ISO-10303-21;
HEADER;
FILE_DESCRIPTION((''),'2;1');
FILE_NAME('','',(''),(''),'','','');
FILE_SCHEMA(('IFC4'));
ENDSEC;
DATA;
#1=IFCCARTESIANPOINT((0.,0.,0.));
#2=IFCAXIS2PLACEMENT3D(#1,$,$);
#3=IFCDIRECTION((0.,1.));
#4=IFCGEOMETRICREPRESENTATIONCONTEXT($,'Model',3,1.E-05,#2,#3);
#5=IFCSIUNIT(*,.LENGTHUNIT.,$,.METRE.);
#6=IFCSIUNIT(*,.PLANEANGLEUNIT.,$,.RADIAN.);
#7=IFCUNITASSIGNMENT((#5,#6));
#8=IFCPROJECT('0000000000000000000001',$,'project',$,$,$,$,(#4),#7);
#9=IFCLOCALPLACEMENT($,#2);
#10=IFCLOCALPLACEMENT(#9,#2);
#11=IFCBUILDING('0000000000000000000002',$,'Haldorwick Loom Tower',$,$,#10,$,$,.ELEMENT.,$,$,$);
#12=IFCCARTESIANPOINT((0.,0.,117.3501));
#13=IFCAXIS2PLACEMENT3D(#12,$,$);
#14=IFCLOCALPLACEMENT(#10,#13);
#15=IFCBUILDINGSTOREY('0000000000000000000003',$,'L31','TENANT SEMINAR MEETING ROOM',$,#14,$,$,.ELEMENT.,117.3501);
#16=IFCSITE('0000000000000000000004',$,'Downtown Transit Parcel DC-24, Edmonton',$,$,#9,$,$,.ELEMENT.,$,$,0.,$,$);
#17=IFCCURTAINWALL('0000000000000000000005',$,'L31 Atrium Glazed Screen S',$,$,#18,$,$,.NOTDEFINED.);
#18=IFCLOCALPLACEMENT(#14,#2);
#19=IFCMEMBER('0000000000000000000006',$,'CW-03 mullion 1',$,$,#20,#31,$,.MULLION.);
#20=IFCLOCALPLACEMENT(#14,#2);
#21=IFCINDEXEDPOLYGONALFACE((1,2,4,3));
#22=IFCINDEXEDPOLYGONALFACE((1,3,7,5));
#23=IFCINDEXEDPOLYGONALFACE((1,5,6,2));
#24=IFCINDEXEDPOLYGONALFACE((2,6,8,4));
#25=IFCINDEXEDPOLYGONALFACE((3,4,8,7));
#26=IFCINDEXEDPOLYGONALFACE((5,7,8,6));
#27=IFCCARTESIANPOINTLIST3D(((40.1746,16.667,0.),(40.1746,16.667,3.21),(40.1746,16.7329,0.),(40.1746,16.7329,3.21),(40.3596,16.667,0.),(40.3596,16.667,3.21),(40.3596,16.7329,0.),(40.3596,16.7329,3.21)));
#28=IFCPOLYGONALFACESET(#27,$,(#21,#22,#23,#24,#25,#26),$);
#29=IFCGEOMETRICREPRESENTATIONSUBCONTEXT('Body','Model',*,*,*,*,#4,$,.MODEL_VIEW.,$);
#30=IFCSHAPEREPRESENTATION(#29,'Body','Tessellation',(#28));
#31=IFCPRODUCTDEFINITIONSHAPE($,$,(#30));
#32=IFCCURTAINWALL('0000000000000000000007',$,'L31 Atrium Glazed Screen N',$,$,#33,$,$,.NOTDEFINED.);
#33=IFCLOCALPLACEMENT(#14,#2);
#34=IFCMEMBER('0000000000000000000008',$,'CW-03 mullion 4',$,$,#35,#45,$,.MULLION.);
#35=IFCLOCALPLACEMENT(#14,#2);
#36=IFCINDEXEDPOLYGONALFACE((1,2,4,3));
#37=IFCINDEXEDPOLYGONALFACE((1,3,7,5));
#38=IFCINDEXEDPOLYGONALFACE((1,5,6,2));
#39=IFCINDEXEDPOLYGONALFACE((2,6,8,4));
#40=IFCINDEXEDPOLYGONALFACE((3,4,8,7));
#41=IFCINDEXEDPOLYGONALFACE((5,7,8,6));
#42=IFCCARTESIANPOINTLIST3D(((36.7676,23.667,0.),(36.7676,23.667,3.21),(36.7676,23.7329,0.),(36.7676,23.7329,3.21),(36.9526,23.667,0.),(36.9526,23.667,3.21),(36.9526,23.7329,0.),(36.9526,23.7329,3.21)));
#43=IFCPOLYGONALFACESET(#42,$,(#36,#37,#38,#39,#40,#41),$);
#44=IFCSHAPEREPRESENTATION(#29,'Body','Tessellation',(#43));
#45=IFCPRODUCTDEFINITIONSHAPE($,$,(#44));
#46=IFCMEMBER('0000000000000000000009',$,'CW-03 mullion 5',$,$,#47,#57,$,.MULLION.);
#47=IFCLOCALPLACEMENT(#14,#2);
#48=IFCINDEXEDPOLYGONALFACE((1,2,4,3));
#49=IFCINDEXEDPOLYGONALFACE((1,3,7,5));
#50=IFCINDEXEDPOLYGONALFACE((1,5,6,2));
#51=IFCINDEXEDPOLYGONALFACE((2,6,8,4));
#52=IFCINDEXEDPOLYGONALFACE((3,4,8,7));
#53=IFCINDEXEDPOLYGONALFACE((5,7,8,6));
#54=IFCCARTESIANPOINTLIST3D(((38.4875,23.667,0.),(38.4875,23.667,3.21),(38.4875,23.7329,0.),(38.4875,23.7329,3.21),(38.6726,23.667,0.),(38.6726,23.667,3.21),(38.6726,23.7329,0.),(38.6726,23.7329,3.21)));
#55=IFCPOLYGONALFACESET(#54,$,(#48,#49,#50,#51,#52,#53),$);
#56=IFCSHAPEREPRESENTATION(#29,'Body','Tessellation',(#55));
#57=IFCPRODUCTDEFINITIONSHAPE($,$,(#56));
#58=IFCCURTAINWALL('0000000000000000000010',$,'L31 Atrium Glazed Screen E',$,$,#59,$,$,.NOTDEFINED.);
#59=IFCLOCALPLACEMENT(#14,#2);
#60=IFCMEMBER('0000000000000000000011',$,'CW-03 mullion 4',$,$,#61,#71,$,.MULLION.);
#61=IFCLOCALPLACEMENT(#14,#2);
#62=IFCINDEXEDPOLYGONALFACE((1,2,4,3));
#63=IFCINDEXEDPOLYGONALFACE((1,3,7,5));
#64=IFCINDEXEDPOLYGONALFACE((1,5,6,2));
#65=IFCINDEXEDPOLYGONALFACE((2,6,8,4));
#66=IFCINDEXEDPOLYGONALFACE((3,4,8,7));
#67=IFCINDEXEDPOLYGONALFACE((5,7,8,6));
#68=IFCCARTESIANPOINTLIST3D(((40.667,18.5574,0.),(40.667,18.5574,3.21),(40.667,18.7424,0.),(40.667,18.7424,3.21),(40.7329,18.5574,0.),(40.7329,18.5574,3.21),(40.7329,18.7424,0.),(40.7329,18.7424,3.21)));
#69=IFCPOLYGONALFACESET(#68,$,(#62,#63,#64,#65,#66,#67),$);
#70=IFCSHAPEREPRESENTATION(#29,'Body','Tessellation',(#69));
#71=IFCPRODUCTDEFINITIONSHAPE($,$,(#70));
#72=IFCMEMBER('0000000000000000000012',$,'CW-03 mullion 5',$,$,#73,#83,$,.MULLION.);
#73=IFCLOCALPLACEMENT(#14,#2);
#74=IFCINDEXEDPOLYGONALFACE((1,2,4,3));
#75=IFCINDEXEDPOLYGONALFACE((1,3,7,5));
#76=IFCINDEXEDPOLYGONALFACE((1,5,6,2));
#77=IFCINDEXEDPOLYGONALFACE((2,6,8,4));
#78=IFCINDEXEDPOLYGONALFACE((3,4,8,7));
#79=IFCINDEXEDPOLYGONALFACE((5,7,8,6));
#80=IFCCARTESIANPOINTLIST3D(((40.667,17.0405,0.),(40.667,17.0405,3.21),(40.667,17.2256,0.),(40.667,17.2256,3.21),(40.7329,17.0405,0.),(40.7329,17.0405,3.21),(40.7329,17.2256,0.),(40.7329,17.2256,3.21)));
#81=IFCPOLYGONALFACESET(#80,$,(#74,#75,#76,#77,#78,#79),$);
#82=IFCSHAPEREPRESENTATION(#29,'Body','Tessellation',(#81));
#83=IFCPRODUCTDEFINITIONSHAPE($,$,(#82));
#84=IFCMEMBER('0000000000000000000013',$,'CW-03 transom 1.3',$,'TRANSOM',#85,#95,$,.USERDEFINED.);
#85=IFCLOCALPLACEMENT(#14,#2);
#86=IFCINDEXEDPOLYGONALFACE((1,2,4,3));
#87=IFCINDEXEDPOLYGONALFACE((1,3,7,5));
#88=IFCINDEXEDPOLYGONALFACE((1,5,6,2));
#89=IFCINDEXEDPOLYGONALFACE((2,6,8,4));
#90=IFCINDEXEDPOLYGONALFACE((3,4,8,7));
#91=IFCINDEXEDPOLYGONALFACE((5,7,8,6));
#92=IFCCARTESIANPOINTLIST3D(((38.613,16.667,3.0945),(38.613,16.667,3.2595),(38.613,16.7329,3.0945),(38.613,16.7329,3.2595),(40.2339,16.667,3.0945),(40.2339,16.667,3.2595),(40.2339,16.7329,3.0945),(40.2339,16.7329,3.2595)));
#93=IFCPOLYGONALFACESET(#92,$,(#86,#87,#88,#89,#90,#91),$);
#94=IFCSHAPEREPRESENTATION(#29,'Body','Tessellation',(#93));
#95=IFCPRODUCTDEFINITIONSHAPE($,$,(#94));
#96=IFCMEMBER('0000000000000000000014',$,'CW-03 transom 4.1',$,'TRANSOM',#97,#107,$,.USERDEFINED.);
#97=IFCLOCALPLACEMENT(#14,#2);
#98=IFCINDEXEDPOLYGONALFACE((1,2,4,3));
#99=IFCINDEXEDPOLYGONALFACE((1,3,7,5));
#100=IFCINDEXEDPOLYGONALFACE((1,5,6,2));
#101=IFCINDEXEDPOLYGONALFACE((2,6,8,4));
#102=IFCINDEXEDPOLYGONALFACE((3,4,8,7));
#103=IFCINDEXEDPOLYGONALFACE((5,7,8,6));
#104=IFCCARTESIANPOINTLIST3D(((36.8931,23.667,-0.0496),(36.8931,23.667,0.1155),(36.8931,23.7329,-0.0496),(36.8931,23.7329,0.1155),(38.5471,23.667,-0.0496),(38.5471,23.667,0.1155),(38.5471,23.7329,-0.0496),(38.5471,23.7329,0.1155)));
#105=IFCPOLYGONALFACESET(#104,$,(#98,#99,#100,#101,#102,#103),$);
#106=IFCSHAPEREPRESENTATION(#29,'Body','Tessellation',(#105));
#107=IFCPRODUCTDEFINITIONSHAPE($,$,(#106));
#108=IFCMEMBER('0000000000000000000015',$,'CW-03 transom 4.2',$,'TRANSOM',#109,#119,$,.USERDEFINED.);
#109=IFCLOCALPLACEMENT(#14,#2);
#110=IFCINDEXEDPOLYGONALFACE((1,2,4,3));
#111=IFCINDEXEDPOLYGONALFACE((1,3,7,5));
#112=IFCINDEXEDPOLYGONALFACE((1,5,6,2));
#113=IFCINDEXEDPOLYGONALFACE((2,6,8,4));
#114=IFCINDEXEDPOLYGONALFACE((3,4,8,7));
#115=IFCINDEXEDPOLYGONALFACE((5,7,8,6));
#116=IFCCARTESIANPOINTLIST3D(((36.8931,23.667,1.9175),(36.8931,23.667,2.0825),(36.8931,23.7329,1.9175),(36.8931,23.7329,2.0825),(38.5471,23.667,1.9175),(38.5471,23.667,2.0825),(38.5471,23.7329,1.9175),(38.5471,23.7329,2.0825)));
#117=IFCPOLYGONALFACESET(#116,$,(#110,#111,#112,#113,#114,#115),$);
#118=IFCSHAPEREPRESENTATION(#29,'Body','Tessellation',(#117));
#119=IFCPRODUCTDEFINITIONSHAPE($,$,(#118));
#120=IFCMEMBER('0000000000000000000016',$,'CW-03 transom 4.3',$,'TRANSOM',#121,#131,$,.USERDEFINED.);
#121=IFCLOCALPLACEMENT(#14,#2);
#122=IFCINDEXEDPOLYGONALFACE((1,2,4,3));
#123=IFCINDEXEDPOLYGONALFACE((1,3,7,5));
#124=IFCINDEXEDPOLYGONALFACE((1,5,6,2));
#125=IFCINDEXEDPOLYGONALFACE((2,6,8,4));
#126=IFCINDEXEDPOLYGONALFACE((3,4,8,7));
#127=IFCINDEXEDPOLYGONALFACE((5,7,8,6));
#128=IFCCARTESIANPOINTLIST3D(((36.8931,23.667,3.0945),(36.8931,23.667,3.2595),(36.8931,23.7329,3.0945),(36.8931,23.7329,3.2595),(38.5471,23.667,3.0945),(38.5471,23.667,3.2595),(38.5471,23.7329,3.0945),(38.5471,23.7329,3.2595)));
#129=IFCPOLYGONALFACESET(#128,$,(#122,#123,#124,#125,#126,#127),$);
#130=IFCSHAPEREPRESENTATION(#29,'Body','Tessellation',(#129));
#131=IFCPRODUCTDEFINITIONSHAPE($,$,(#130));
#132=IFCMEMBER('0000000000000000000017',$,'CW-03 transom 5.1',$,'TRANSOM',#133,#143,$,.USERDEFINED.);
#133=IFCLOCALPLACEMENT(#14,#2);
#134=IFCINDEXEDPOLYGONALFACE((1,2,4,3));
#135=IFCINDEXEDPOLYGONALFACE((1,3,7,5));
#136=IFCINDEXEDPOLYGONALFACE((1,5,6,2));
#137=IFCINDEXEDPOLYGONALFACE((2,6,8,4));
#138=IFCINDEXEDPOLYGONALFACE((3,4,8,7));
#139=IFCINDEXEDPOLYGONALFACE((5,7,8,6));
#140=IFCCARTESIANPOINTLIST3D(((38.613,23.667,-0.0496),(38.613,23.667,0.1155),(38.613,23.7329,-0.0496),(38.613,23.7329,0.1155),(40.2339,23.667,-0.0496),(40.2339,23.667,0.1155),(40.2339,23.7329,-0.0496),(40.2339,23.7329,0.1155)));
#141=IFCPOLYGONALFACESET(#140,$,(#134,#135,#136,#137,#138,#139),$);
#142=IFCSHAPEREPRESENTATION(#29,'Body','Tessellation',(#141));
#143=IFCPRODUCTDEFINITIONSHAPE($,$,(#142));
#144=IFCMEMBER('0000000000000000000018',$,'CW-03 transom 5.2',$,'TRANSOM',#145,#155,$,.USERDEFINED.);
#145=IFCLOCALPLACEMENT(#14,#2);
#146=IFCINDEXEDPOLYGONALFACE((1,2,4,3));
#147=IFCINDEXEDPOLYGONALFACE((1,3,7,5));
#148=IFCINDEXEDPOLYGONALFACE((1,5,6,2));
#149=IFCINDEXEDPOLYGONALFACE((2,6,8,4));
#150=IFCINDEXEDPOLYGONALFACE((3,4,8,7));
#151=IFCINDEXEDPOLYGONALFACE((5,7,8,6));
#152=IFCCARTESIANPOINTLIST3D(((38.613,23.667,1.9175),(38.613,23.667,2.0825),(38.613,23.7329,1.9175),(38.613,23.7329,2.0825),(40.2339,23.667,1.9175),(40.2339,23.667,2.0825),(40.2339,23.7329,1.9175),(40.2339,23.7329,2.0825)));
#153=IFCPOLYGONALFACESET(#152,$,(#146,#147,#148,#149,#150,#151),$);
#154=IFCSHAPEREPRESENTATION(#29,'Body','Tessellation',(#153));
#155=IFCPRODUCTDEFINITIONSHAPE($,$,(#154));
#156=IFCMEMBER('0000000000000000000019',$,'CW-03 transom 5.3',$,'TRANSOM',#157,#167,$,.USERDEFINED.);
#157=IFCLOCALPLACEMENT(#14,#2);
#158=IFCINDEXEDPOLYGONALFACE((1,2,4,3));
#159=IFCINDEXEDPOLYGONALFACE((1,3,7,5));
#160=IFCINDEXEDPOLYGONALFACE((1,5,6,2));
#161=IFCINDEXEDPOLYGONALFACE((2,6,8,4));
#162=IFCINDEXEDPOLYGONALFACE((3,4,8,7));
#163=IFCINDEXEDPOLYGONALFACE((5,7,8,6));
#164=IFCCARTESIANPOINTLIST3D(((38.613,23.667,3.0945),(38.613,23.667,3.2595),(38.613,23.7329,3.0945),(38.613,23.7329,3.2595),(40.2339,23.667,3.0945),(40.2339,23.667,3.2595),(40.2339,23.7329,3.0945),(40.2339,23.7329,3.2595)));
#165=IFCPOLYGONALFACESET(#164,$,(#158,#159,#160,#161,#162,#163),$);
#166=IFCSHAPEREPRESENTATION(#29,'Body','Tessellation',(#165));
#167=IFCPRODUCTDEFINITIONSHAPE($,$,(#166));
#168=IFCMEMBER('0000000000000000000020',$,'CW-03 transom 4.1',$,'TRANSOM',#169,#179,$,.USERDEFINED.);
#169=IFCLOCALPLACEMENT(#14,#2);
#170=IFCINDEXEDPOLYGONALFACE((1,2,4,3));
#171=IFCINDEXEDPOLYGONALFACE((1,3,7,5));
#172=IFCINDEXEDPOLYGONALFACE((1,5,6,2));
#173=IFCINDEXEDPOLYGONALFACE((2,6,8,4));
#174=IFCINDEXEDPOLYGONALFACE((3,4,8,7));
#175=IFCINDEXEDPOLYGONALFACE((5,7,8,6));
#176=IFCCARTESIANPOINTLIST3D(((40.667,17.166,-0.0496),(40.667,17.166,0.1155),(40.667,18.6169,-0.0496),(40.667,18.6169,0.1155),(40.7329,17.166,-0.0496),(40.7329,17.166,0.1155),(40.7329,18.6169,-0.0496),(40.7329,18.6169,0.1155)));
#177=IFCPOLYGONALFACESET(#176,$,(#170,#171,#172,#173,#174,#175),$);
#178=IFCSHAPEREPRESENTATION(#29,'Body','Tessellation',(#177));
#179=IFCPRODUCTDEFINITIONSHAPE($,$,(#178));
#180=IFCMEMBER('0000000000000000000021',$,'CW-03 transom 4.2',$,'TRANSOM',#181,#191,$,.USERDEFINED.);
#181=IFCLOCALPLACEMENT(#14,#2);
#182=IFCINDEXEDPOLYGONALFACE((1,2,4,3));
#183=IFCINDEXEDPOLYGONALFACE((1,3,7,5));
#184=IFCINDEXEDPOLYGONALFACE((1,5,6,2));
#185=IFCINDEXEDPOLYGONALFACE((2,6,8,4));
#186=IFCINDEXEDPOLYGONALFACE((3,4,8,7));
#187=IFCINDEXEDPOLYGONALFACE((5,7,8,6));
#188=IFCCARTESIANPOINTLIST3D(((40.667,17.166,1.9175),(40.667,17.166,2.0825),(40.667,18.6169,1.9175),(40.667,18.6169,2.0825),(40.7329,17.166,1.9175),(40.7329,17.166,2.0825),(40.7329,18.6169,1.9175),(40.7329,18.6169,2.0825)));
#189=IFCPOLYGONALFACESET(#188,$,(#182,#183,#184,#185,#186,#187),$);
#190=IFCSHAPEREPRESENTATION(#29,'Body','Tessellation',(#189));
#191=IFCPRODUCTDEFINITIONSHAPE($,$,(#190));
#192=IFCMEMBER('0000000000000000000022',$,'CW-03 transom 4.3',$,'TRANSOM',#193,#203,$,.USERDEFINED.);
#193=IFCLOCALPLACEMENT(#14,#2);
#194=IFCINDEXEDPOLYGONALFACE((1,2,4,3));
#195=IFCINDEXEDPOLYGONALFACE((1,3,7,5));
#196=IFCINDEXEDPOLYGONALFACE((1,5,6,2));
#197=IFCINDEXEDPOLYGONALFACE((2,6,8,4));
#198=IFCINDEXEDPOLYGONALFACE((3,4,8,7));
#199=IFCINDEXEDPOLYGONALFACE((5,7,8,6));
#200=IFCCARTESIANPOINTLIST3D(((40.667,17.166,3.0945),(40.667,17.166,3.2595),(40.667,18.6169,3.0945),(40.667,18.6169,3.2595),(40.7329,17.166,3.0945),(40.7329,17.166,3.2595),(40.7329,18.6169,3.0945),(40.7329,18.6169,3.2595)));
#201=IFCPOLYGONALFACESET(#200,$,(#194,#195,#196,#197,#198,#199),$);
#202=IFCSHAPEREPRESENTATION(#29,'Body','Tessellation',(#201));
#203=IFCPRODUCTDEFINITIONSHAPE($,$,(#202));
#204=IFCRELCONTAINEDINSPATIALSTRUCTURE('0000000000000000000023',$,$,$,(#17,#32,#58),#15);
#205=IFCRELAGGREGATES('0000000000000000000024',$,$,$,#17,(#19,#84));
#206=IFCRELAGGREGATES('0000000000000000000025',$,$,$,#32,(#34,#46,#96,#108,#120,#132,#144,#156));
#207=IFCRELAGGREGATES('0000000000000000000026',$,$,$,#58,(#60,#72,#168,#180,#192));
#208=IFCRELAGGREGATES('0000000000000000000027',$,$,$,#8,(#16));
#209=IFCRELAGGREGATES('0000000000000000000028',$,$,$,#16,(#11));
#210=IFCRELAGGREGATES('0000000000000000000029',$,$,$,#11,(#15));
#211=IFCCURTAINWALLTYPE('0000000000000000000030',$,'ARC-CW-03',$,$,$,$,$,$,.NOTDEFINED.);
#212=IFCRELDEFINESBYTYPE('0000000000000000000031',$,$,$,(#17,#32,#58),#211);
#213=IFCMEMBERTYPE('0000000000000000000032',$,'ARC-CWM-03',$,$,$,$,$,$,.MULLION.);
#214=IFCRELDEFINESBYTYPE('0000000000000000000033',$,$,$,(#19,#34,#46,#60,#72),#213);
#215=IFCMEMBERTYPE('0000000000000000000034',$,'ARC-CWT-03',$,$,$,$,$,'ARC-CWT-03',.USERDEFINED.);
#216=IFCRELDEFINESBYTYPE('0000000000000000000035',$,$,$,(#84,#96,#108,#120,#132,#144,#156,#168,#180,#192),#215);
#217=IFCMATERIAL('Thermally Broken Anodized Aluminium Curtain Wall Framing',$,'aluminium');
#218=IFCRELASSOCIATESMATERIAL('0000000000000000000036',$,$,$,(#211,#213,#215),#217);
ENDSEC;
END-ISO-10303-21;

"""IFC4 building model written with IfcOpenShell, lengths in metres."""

from ifc_helpers import new_model, si_unit, direction, frame, origin, origin_2d, place, context, subcontext, project, spatial, rectangle, extrude, material, material_profile, profile_set, type_object, element, aggregate, save


model = new_model("IFC4")

# Units and contexts
model_context = context("Model", 3, precision=1e-05, world=origin(), true_north=direction((0.0, 1.0)))
body_context = subcontext(model_context, "Body", "Model", "MODEL_VIEW")
ifc_project = project(units=[si_unit("LENGTHUNIT", "METRE"), si_unit("PLANEANGLEUNIT", "RADIAN")], contexts=[model_context])

# Site, building, storey
site_placement = place(None, origin())
site = spatial("IfcSite", under=ifc_project, at=site_placement, Name="Downtown Transit Parcel DC-24, Edmonton", CompositionType="ELEMENT", RefElevation=0.0)
building_placement = place(site_placement, origin())
building = spatial("IfcBuilding", under=site, at=building_placement, Name="Haldorwick Loom Tower", CompositionType="ELEMENT")
storey_placement = place(building_placement, frame((0.0, 0.0, 117.3501)))
storey = spatial("IfcBuildingStorey", under=building, at=storey_placement, Name="L31", Description="TENANT SEMINAR MEETING ROOM", CompositionType="ELEMENT", Elevation=117.3501)

# Curtain wall, member
ifc_material_1 = material(Name="Thermally Broken Anodized Aluminium Curtain Wall Framing", Category="aluminium")
curtain_wall_type = type_object("IfcCurtainWallType", Name="ARC-CW-03", PredefinedType="NOTDEFINED", material=ifc_material_1)
curtain_wall_1_placement = place(storey_placement, origin())
curtain_wall_1 = element("IfcCurtainWall", 1, at=curtain_wall_1_placement, inside=storey, type_object=curtain_wall_type, Name="L31 Atrium Glazed Screen S", PredefinedType="NOTDEFINED")
ifc_material_profile_1 = material_profile(ifc_material_1, rectangle(XDim=0.0659, YDim=0.1851, at=origin_2d()), Name="ALU_MUL_66X185", Category="aluminium")
ifc_profile_set_1 = profile_set([ifc_material_profile_1], Name="Thermally Broken Anodized Aluminium Curtain Wall Framing")
member_type_1 = type_object("IfcMemberType", Name="ARC-CWM-03", PredefinedType="MULLION", material=ifc_profile_set_1)
member_1_placement = place(storey_placement, frame((40.2671, 16.7, 0.0), z_axis=(0.0, 0.0, 1.0), x_axis=(0.0, -1.0, 0.0)))
member_1 = element("IfcMember", 2, at=member_1_placement, type_object=member_type_1, Name="CW-03 mullion 1", PredefinedType="MULLION", context=body_context, shape_type="SweptSolid", body=[
    extrude(rectangle(XDim=0.0659, YDim=0.1851, at=origin_2d()), origin(), (0.0, 0.0, 1.0), 3.21),
])

# Curtain walls, members
curtain_wall_2_placement = place(storey_placement, origin())
curtain_wall_2 = element("IfcCurtainWall", 3, at=curtain_wall_2_placement, inside=storey, type_object=curtain_wall_type, Name="L31 Atrium Glazed Screen N", PredefinedType="NOTDEFINED")
member_2_placement = place(storey_placement, frame((36.8601, 23.7, 0.0), z_axis=(0.0, 0.0, 1.0), x_axis=(0.0, 1.0, 0.0)))
member_2 = element("IfcMember", 4, at=member_2_placement, type_object=member_type_1, Name="CW-03 mullion 4", PredefinedType="MULLION", context=body_context, shape_type="SweptSolid", body=[
    extrude(rectangle(XDim=0.0659, YDim=0.1851, at=origin_2d()), origin(), (0.0, 0.0, 1.0), 3.21),
])
member_3_placement = place(storey_placement, frame((38.5801, 23.7, 0.0), z_axis=(0.0, 0.0, 1.0), x_axis=(0.0, 1.0, 0.0)))
member_3 = element("IfcMember", 5, at=member_3_placement, type_object=member_type_1, Name="CW-03 mullion 5", PredefinedType="MULLION", context=body_context, shape_type="SweptSolid", body=[
    extrude(rectangle(XDim=0.0659, YDim=0.1851, at=origin_2d()), origin(), (0.0, 0.0, 1.0), 3.21),
])
curtain_wall_3_placement = place(storey_placement, origin())
curtain_wall_3 = element("IfcCurtainWall", 6, at=curtain_wall_3_placement, inside=storey, type_object=curtain_wall_type, Name="L31 Atrium Glazed Screen E", PredefinedType="NOTDEFINED")
member_4_placement = place(storey_placement, frame((40.7, 18.6499, 0.0), z_axis=(0.0, 0.0, 1.0), x_axis=(1.0, 0.0, 0.0)))
member_4 = element("IfcMember", 7, at=member_4_placement, type_object=member_type_1, Name="CW-03 mullion 4", PredefinedType="MULLION", context=body_context, shape_type="SweptSolid", body=[
    extrude(rectangle(XDim=0.0659, YDim=0.1851, at=origin_2d()), origin(), (0.0, 0.0, 1.0), 3.21),
])
member_5_placement = place(storey_placement, frame((40.7, 17.1331, 0.0), z_axis=(0.0, 0.0, 1.0), x_axis=(1.0, 0.0, 0.0)))
member_5 = element("IfcMember", 8, at=member_5_placement, type_object=member_type_1, Name="CW-03 mullion 5", PredefinedType="MULLION", context=body_context, shape_type="SweptSolid", body=[
    extrude(rectangle(XDim=0.0659, YDim=0.1851, at=origin_2d()), origin(), (0.0, 0.0, 1.0), 3.21),
])

# Members
ifc_material_profile_2 = material_profile(ifc_material_1, rectangle(XDim=0.0659, YDim=0.165, at=origin_2d()), Name="ALU_TRN_66X165", Category="aluminium")
ifc_profile_set_2 = profile_set([ifc_material_profile_2], Name="Thermally Broken Anodized Aluminium Curtain Wall Framing")
member_type_2 = type_object("IfcMemberType", Name="ARC-CWT-03", ElementType="ARC-CWT-03", PredefinedType="USERDEFINED", material=ifc_profile_set_2)
member_6_placement = place(storey_placement, frame((40.2339, 16.7, 3.177), z_axis=(-1.0, 0.0, 0.0), x_axis=(0.0, -1.0, 0.0)))
member_6 = element("IfcMember", 9, at=member_6_placement, type_object=member_type_2, Name="CW-03 transom 1.3", ObjectType="TRANSOM", PredefinedType="USERDEFINED", context=body_context, shape_type="SweptSolid", body=[
    extrude(rectangle(XDim=0.0659, YDim=0.165, at=origin_2d()), origin(), (0.0, 0.0, 1.0), 1.6208),
])
aggregate(curtain_wall_1, [member_1, member_6])
member_7_placement = place(storey_placement, frame((36.8931, 23.7, 0.033), z_axis=(1.0, 0.0, 0.0), x_axis=(0.0, 1.0, 0.0)))
member_7 = element("IfcMember", 10, at=member_7_placement, type_object=member_type_2, Name="CW-03 transom 4.1", ObjectType="TRANSOM", PredefinedType="USERDEFINED", context=body_context, shape_type="SweptSolid", body=[
    extrude(rectangle(XDim=0.0659, YDim=0.165, at=origin_2d()), origin(), (0.0, 0.0, 1.0), 1.6541),
])
member_8_placement = place(storey_placement, frame((36.8931, 23.7, 2.0), z_axis=(1.0, 0.0, 0.0), x_axis=(0.0, 1.0, 0.0)))
member_8 = element("IfcMember", 11, at=member_8_placement, type_object=member_type_2, Name="CW-03 transom 4.2", ObjectType="TRANSOM", PredefinedType="USERDEFINED", context=body_context, shape_type="SweptSolid", body=[
    extrude(rectangle(XDim=0.0659, YDim=0.165, at=origin_2d()), origin(), (0.0, 0.0, 1.0), 1.6541),
])
member_9_placement = place(storey_placement, frame((36.8931, 23.7, 3.177), z_axis=(1.0, 0.0, 0.0), x_axis=(0.0, 1.0, 0.0)))
member_9 = element("IfcMember", 12, at=member_9_placement, type_object=member_type_2, Name="CW-03 transom 4.3", ObjectType="TRANSOM", PredefinedType="USERDEFINED", context=body_context, shape_type="SweptSolid", body=[
    extrude(rectangle(XDim=0.0659, YDim=0.165, at=origin_2d()), origin(), (0.0, 0.0, 1.0), 1.6541),
])
member_10_placement = place(storey_placement, frame((38.613, 23.7, 0.033), z_axis=(1.0, 0.0, 0.0), x_axis=(0.0, 1.0, 0.0)))
member_10 = element("IfcMember", 13, at=member_10_placement, type_object=member_type_2, Name="CW-03 transom 5.1", ObjectType="TRANSOM", PredefinedType="USERDEFINED", context=body_context, shape_type="SweptSolid", body=[
    extrude(rectangle(XDim=0.0659, YDim=0.165, at=origin_2d()), origin(), (0.0, 0.0, 1.0), 1.6208),
])
member_11_placement = place(storey_placement, frame((38.613, 23.7, 2.0), z_axis=(1.0, 0.0, 0.0), x_axis=(0.0, 1.0, 0.0)))
member_11 = element("IfcMember", 14, at=member_11_placement, type_object=member_type_2, Name="CW-03 transom 5.2", ObjectType="TRANSOM", PredefinedType="USERDEFINED", context=body_context, shape_type="SweptSolid", body=[
    extrude(rectangle(XDim=0.0659, YDim=0.165, at=origin_2d()), origin(), (0.0, 0.0, 1.0), 1.6208),
])
member_12_placement = place(storey_placement, frame((38.613, 23.7, 3.177), z_axis=(1.0, 0.0, 0.0), x_axis=(0.0, 1.0, 0.0)))
member_12 = element("IfcMember", 15, at=member_12_placement, type_object=member_type_2, Name="CW-03 transom 5.3", ObjectType="TRANSOM", PredefinedType="USERDEFINED", context=body_context, shape_type="SweptSolid", body=[
    extrude(rectangle(XDim=0.0659, YDim=0.165, at=origin_2d()), origin(), (0.0, 0.0, 1.0), 1.6208),
])
member_13_placement = place(storey_placement, frame((40.7, 18.6169, 0.033), z_axis=(0.0, -1.0, 0.0), x_axis=(1.0, 0.0, 0.0)))
member_13 = element("IfcMember", 16, at=member_13_placement, type_object=member_type_2, Name="CW-03 transom 4.1", ObjectType="TRANSOM", PredefinedType="USERDEFINED", context=body_context, shape_type="SweptSolid", body=[
    extrude(rectangle(XDim=0.0659, YDim=0.165, at=origin_2d()), origin(), (0.0, 0.0, 1.0), 1.4509),
])
member_14_placement = place(storey_placement, frame((40.7, 18.6169, 2.0), z_axis=(0.0, -1.0, 0.0), x_axis=(1.0, 0.0, 0.0)))
member_14 = element("IfcMember", 17, at=member_14_placement, type_object=member_type_2, Name="CW-03 transom 4.2", ObjectType="TRANSOM", PredefinedType="USERDEFINED", context=body_context, shape_type="SweptSolid", body=[
    extrude(rectangle(XDim=0.0659, YDim=0.165, at=origin_2d()), origin(), (0.0, 0.0, 1.0), 1.4509),
])
member_15_placement = place(storey_placement, frame((40.7, 18.6169, 3.177), z_axis=(0.0, -1.0, 0.0), x_axis=(1.0, 0.0, 0.0)))
member_15 = element("IfcMember", 18, at=member_15_placement, type_object=member_type_2, Name="CW-03 transom 4.3", ObjectType="TRANSOM", PredefinedType="USERDEFINED", context=body_context, shape_type="SweptSolid", body=[
    extrude(rectangle(XDim=0.0659, YDim=0.165, at=origin_2d()), origin(), (0.0, 0.0, 1.0), 1.4509),
])

aggregate(curtain_wall_2, [member_2, member_3, member_7, member_8, member_9, member_10, member_11, member_12])
aggregate(curtain_wall_3, [member_4, member_5, member_13, member_14, member_15])

save(model, "model.ifc")
